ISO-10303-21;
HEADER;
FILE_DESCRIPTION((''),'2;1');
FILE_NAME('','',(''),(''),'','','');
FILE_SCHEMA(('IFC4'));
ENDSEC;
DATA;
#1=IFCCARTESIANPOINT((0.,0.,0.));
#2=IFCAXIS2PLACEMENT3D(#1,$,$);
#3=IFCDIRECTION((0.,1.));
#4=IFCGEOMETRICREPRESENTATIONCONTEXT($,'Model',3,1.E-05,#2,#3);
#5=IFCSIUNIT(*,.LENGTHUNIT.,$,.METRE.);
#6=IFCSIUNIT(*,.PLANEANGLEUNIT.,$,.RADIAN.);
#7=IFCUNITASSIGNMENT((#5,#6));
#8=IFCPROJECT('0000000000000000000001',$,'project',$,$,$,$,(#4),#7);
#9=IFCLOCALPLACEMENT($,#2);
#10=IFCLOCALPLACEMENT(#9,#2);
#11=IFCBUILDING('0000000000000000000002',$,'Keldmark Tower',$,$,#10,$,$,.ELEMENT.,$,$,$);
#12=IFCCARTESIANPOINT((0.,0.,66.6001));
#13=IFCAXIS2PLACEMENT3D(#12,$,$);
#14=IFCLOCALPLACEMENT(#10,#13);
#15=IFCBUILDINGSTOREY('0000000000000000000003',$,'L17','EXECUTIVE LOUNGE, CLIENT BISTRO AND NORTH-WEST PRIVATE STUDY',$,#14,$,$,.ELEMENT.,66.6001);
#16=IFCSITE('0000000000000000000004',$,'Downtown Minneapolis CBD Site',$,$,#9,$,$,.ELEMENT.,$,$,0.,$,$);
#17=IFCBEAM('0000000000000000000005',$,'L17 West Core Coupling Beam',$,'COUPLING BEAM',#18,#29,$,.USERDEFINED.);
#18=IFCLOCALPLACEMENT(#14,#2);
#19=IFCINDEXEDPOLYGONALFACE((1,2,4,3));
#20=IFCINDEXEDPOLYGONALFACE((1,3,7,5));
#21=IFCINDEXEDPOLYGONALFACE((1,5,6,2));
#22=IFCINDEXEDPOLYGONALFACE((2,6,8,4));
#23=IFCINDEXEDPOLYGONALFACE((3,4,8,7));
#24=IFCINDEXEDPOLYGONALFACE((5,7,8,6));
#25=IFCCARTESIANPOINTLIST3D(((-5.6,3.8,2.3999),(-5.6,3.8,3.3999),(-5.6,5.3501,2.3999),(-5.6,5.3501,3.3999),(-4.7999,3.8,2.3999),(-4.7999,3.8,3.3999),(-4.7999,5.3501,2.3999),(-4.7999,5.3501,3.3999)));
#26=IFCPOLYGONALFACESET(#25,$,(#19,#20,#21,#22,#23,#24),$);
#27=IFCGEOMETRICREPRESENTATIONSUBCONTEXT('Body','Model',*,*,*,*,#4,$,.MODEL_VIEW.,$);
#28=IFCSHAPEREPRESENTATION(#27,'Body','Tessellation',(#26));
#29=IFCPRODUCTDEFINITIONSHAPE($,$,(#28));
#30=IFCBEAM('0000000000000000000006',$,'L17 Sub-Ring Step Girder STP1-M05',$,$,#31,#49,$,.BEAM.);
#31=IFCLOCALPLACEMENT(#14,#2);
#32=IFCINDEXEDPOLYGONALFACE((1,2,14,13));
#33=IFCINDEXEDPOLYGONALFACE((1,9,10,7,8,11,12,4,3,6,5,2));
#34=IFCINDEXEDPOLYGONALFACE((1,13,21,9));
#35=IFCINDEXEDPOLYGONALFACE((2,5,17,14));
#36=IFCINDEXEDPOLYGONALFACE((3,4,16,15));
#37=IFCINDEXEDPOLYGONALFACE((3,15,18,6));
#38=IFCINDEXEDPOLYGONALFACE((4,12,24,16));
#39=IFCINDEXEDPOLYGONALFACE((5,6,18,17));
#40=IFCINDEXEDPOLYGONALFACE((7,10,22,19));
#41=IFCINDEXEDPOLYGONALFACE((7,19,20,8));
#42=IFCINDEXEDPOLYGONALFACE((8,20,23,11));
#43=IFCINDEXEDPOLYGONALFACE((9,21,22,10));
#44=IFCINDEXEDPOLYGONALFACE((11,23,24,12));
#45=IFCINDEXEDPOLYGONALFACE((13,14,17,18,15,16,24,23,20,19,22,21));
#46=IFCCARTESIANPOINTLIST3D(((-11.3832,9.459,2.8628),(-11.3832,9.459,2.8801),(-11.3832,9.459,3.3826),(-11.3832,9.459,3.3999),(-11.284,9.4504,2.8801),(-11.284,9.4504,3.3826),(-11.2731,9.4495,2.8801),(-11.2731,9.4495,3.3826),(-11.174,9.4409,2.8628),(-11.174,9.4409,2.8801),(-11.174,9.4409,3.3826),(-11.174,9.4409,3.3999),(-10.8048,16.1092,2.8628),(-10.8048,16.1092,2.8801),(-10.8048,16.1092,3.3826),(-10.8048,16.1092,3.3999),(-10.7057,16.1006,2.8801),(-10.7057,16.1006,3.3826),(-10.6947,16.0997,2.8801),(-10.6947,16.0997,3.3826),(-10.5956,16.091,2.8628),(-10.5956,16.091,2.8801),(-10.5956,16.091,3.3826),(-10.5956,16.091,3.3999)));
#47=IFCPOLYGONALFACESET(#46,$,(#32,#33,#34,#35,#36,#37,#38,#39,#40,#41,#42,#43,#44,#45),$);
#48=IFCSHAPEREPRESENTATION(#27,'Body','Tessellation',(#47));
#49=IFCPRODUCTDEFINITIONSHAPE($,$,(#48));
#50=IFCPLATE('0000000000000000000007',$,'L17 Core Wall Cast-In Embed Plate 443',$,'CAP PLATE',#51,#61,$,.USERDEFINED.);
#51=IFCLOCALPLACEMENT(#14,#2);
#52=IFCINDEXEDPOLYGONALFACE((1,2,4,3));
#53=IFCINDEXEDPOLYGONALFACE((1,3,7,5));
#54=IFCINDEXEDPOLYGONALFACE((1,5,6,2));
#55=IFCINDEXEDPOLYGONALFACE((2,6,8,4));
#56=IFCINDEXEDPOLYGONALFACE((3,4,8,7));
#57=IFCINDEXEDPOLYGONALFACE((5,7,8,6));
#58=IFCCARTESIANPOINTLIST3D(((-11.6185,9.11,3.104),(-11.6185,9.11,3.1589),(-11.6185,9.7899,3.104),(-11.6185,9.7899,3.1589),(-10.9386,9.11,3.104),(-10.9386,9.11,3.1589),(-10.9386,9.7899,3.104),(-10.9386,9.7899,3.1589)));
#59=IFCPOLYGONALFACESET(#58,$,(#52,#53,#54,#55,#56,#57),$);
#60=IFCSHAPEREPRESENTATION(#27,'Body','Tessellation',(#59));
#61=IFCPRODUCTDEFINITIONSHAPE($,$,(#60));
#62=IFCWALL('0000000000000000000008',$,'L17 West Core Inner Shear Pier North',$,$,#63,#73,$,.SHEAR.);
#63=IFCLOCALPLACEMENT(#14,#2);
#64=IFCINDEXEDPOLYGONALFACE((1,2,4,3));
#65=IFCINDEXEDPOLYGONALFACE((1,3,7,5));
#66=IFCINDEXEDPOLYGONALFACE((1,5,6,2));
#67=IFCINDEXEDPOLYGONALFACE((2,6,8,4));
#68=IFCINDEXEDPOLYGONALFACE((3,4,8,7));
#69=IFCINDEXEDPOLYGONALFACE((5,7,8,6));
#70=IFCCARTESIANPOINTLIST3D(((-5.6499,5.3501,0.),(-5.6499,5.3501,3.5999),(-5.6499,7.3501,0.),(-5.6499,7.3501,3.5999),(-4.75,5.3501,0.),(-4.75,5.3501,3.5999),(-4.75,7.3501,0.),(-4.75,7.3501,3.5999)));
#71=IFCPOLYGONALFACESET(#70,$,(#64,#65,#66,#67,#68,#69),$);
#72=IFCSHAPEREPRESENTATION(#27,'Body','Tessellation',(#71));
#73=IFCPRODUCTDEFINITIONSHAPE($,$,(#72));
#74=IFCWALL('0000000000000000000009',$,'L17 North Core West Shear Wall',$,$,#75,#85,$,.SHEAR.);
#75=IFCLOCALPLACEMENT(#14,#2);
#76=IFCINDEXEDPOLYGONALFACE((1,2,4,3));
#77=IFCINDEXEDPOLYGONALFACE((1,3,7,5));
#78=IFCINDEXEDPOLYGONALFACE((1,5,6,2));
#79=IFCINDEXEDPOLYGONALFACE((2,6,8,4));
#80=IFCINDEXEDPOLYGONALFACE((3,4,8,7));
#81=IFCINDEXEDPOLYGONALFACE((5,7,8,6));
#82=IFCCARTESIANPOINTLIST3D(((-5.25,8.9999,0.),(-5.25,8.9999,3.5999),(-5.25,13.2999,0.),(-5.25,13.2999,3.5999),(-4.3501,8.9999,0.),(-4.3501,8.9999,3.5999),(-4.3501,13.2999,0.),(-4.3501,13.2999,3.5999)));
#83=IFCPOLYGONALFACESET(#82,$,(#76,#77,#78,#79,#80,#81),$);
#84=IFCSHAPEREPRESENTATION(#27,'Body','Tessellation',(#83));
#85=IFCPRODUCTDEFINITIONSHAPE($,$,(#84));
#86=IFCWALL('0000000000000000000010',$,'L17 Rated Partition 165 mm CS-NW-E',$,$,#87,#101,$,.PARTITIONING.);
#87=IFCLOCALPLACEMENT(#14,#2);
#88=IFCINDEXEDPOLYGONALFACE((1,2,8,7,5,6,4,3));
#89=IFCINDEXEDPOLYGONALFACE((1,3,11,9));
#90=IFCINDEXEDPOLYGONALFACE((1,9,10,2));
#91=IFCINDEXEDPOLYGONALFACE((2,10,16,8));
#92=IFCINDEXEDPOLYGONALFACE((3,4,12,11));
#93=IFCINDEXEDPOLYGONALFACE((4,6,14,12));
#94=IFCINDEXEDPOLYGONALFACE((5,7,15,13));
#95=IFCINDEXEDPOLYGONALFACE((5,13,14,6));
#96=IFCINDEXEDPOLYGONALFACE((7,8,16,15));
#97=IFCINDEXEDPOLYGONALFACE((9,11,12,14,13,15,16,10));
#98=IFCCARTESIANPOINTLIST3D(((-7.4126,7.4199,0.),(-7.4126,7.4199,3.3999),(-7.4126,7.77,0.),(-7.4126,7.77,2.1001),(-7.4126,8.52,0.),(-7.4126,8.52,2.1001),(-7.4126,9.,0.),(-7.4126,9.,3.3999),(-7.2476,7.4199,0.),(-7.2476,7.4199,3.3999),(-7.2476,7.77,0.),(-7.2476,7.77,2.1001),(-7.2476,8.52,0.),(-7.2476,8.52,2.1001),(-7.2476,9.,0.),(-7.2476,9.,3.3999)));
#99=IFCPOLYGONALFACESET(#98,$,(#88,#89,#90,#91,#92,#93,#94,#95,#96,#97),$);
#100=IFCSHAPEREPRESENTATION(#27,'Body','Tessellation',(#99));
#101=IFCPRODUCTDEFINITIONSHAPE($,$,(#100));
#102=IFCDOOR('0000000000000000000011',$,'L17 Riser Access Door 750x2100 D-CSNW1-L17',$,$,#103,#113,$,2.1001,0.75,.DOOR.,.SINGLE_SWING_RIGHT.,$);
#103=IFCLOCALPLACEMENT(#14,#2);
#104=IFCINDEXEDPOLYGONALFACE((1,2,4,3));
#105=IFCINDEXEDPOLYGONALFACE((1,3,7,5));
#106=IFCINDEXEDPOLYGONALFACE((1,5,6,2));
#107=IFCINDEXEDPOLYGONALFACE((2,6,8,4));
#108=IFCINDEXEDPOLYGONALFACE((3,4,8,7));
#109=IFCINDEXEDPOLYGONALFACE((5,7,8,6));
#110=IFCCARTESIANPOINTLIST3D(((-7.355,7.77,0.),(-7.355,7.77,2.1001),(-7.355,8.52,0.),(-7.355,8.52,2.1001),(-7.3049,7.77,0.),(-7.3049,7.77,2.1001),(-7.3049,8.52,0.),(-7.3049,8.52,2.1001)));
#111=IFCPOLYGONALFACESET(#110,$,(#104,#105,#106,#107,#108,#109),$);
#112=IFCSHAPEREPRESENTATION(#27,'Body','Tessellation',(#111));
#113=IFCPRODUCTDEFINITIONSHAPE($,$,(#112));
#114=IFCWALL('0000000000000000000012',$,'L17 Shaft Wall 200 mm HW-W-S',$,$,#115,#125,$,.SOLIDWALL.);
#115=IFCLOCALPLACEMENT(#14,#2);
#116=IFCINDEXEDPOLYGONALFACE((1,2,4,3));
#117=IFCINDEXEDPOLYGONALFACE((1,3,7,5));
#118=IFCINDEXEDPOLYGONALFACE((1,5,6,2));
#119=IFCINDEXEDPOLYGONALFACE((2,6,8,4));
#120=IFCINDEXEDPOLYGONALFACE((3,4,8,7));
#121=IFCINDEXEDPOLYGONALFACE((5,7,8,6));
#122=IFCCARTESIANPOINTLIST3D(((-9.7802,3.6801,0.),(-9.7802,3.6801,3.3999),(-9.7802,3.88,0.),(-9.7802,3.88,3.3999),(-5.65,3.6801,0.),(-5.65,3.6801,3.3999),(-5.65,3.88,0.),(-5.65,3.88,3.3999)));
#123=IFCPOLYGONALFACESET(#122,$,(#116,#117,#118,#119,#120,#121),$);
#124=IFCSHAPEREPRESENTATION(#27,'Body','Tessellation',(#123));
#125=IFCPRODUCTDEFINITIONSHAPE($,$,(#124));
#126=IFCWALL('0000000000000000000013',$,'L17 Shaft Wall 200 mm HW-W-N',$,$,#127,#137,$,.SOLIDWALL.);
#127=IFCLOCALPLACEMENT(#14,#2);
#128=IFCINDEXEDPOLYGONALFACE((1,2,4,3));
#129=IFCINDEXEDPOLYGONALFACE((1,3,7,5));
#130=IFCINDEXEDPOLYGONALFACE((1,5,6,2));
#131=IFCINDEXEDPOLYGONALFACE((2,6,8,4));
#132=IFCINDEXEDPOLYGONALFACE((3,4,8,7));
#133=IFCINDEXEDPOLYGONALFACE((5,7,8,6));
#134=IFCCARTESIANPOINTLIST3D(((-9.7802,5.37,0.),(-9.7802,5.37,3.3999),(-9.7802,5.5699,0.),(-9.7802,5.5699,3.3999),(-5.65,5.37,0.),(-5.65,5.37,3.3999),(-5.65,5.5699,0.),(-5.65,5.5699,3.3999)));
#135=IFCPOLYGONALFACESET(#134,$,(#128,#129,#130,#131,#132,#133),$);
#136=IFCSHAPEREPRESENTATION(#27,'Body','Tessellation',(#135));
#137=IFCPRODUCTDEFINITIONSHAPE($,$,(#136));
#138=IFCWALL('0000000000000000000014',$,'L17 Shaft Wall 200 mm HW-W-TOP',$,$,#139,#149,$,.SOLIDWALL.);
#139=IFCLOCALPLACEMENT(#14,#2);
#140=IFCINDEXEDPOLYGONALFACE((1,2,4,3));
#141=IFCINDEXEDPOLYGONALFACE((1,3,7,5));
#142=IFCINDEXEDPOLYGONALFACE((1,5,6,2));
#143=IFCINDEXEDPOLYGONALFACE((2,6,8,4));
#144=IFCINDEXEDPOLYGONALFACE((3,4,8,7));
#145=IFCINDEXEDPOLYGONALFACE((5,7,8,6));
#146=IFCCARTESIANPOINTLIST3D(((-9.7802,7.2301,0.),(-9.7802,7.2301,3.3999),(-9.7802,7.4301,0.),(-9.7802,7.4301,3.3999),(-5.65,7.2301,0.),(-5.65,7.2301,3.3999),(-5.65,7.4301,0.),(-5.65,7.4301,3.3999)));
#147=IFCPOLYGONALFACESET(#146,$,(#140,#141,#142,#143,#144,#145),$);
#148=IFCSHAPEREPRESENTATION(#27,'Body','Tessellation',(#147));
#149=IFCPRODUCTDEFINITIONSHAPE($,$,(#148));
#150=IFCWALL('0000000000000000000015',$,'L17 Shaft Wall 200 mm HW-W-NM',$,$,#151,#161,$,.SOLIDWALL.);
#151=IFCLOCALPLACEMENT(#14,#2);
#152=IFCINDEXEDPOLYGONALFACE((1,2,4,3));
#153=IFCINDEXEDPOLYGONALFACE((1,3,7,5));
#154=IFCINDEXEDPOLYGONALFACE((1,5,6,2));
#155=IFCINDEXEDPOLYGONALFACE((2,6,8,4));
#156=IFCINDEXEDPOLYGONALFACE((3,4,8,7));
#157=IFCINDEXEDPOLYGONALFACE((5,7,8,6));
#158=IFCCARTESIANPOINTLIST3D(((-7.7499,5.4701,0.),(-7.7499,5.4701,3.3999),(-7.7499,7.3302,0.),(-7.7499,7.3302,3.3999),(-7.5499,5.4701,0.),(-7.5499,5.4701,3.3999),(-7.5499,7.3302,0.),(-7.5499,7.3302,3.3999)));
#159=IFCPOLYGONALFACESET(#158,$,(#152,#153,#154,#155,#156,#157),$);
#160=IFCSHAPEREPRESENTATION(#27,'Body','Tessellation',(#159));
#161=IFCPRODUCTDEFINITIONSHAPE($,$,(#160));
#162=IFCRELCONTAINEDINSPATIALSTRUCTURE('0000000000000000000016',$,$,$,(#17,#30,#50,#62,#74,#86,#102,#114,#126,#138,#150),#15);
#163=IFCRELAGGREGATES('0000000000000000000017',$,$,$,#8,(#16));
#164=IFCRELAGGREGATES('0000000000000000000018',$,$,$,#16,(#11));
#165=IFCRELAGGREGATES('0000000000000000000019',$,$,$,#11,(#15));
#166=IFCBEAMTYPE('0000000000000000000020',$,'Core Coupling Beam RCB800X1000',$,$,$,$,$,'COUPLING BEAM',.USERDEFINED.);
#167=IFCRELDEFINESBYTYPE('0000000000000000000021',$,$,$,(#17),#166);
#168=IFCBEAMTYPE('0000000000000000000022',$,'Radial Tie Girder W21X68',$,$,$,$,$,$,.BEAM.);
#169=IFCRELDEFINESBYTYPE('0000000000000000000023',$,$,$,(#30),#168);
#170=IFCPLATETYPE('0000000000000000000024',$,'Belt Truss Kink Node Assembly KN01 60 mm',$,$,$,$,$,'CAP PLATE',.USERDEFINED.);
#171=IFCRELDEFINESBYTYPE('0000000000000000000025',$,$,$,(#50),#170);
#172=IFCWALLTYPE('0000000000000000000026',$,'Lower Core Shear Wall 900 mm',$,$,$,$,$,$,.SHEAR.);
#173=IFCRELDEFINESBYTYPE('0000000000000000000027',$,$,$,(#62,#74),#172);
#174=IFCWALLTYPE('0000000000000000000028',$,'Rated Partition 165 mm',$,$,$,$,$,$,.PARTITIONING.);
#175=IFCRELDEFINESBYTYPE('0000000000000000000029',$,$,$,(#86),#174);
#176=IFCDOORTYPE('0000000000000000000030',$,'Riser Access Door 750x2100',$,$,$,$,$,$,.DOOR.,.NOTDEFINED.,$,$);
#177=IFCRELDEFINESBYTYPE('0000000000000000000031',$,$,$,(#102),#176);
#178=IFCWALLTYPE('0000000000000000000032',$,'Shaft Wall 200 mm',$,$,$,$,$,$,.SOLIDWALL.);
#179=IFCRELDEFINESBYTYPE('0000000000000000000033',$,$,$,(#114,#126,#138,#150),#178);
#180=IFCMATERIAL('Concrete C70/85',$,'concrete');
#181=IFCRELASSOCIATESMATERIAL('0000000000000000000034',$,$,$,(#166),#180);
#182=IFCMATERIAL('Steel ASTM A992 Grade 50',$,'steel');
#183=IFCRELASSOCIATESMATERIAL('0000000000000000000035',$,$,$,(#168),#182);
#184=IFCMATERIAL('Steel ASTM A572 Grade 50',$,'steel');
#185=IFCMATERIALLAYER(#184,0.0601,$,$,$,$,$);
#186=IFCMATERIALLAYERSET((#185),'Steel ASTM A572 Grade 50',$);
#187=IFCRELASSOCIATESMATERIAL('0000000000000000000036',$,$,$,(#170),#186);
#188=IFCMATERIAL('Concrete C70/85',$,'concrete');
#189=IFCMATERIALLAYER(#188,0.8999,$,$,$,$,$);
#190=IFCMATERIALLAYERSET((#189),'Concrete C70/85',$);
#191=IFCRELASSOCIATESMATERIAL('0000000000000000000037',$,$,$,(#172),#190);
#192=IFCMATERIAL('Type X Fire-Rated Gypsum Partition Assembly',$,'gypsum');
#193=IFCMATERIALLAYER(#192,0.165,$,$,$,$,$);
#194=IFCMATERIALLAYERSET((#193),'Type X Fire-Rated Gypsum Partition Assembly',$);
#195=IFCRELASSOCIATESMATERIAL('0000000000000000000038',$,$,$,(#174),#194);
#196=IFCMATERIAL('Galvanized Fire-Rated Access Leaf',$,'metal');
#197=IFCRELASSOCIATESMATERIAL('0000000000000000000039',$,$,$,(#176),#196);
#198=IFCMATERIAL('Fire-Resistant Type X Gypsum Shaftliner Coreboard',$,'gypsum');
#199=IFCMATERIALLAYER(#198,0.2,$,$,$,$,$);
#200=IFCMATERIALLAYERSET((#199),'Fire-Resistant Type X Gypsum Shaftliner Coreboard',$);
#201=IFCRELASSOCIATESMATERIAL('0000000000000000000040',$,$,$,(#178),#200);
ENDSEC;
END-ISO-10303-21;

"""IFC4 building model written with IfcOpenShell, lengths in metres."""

from ifc_helpers import new_model, si_unit, direction, frame, frame_2d, origin, origin_2d, place, context, subcontext, project, spatial, rectangle, i_section, extrude, material, layer, layer_set, material_profile, profile_set, type_object, element, fill, save


model = new_model("IFC4")

# Units and contexts
model_context = context("Model", 3, precision=1e-05, world=origin(), true_north=direction((0.0, 1.0)))
body_context = subcontext(model_context, "Body", "Model", "MODEL_VIEW")
ifc_project = project(units=[si_unit("LENGTHUNIT", "METRE"), si_unit("PLANEANGLEUNIT", "RADIAN")], contexts=[model_context])

# Site, building, storey
site_placement = place(None, origin())
site = spatial("IfcSite", under=ifc_project, at=site_placement, Name="Downtown Minneapolis CBD Site", CompositionType="ELEMENT", RefElevation=0.0)
building_placement = place(site_placement, origin())
building = spatial("IfcBuilding", under=site, at=building_placement, Name="Keldmark Tower", CompositionType="ELEMENT")
storey_placement = place(building_placement, frame((0.0, 0.0, 66.6001)))
storey = spatial("IfcBuildingStorey", under=building, at=storey_placement, Name="L17", Description="EXECUTIVE LOUNGE, CLIENT BISTRO AND NORTH-WEST PRIVATE STUDY", CompositionType="ELEMENT", Elevation=66.6001)

# Beams
ifc_material_1 = material(Name="Concrete C70/85", Category="concrete")
ifc_material_profile_1 = material_profile(ifc_material_1, rectangle(XDim=0.8, YDim=1.0, at=origin_2d()), Name="RCB800X1000")
ifc_profile_set_1 = profile_set([ifc_material_profile_1], Name="Concrete C70/85")
beam_type_1 = type_object("IfcBeamType", Name="Core Coupling Beam RCB800X1000", ElementType="COUPLING BEAM", PredefinedType="USERDEFINED", material=ifc_profile_set_1)
beam_1_placement = place(storey_placement, frame((-5.2, 3.8, 2.8999), z_axis=(0.0, 1.0, 0.0), x_axis=(-1.0, 0.0, 0.0)))
element("IfcBeam", 1, at=beam_1_placement, inside=storey, type_object=beam_type_1, Name="L17 West Core Coupling Beam", ObjectType="COUPLING BEAM", PredefinedType="USERDEFINED", context=body_context, shape_type="SweptSolid", body=[
    extrude(rectangle(XDim=0.8, YDim=1.0, at=origin_2d()), origin(), (0.0, 0.0, 1.0), 1.55),
])
ifc_material_2 = material(Name="Steel ASTM A992 Grade 50", Category="steel")
ifc_material_profile_2 = material_profile(ifc_material_2, i_section(OverallWidth=0.21, OverallDepth=0.5371, WebThickness=0.011, FlangeThickness=0.0173, at=origin_2d()), Name="W21X68")
ifc_profile_set_2 = profile_set([ifc_material_profile_2], Name="Steel ASTM A992 Grade 50")
beam_type_2 = type_object("IfcBeamType", Name="Radial Tie Girder W21X68", PredefinedType="BEAM", material=ifc_profile_set_2)
beam_2_placement = place(storey_placement, frame((-11.2786, 9.45, 3.1313), z_axis=(0.086644, 0.996239, 0.0), x_axis=(-0.996239, 0.086644, 0.0)))
element("IfcBeam", 2, at=beam_2_placement, inside=storey, type_object=beam_type_2, Name="L17 Sub-Ring Step Girder STP1-M05", PredefinedType="BEAM", context=body_context, shape_type="SweptSolid", body=[
    extrude(i_section(OverallWidth=0.21, OverallDepth=0.5371, WebThickness=0.011, FlangeThickness=0.0173, at=origin_2d()), origin(), (0.0, 0.0, 1.0), 6.6753),
])

# Plate
ifc_material_3 = material(Name="Steel ASTM A572 Grade 50", Category="steel")
ifc_layer_1 = layer(ifc_material_3, 0.0601)
ifc_layer_set_1 = layer_set([ifc_layer_1], Name="Steel ASTM A572 Grade 50")
plate_type = type_object("IfcPlateType", Name="Belt Truss Kink Node Assembly KN01 60 mm", ElementType="CAP PLATE", PredefinedType="USERDEFINED", material=ifc_layer_set_1)
plate_placement = place(storey_placement, frame((-11.2786, 9.45, 3.104), z_axis=(0.0, 0.0, 1.0), x_axis=(1.0, 0.0, 0.0)))
element("IfcPlate", 3, at=plate_placement, inside=storey, type_object=plate_type, Name="L17 Core Wall Cast-In Embed Plate 443", ObjectType="CAP PLATE", PredefinedType="USERDEFINED", context=body_context, shape_type="SweptSolid", body=[
    extrude(rectangle(XDim=0.6799, YDim=0.6799, at=origin_2d()), origin(), (0.0, 0.0, 1.0), 0.0549),
])

# Walls
ifc_material_4 = material(Name="Concrete C70/85", Category="concrete")
ifc_layer_2 = layer(ifc_material_4, 0.8999)
ifc_layer_set_2 = layer_set([ifc_layer_2], Name="Concrete C70/85")
wall_type_1 = type_object("IfcWallType", Name="Lower Core Shear Wall 900 mm", PredefinedType="SHEAR", material=ifc_layer_set_2)
wall_1_placement = place(storey_placement, frame((-5.2, 5.3501, 0.0), z_axis=(0.0, 0.0, 1.0), x_axis=(0.0, 1.0, 0.0)))
element("IfcWall", 4, at=wall_1_placement, inside=storey, type_object=wall_type_1, Name="L17 West Core Inner Shear Pier North", PredefinedType="SHEAR", context=body_context, shape_type="SweptSolid", body=[
    extrude(rectangle(XDim=2.0, YDim=0.8999, at=frame_2d((1.0, 0.0))), origin(), (0.0, 0.0, 1.0), 3.5999),
])
wall_2_placement = place(storey_placement, frame((-4.8, 9.0, 0.0), z_axis=(0.0, 0.0, 1.0), x_axis=(0.0, 1.0, 0.0)))
element("IfcWall", 5, at=wall_2_placement, inside=storey, type_object=wall_type_1, Name="L17 North Core West Shear Wall", PredefinedType="SHEAR", context=body_context, shape_type="SweptSolid", body=[
    extrude(rectangle(XDim=4.3, YDim=0.8999, at=frame_2d((2.1499, 0.0))), origin(), (0.0, 0.0, 1.0), 3.5999),
])

# Wall, opening, door
ifc_material_5 = material(Name="Type X Fire-Rated Gypsum Partition Assembly", Category="gypsum")
ifc_layer_3 = layer(ifc_material_5, 0.165)
ifc_layer_set_3 = layer_set([ifc_layer_3], Name="Type X Fire-Rated Gypsum Partition Assembly")
wall_type_2 = type_object("IfcWallType", Name="Rated Partition 165 mm", PredefinedType="PARTITIONING", material=ifc_layer_set_3)
wall_3_placement = place(storey_placement, frame((-7.3301, 7.4199, 0.0), z_axis=(0.0, 0.0, 1.0), x_axis=(0.0, 1.0, 0.0)))
wall_3 = element("IfcWall", 6, at=wall_3_placement, inside=storey, type_object=wall_type_2, Name="L17 Rated Partition 165 mm CS-NW-E", PredefinedType="PARTITIONING", context=body_context, shape_type="SweptSolid", body=[
    extrude(rectangle(XDim=1.5801, YDim=0.165, at=frame_2d((0.79, 0.0))), origin(), (0.0, 0.0, 1.0), 3.3999),
])
opening_1_placement = place(wall_3_placement, frame((0.3501, 0.0, 0.0)))
opening_1 = element("IfcOpeningElement", 7, at=opening_1_placement, cuts=wall_3, PredefinedType="OPENING", context=body_context, shape_type="SweptSolid", body=[
    extrude(rectangle(XDim=0.75, YDim=2.1001, at=frame_2d((0.375, 1.05))), frame((0.0, 0.0925, 0.0), z_axis=(0.0, -1.0, 0.0), x_axis=(1.0, 0.0, 0.0)), (0.0, 0.0, 1.0), 0.1851),
])
ifc_material_6 = material(Name="Galvanized Fire-Rated Access Leaf", Category="metal")
door_type_1 = type_object("IfcDoorType", Name="Riser Access Door 750x2100", OperationType="NOTDEFINED", PredefinedType="DOOR", material=ifc_material_6)
door_1_placement = place(opening_1_placement, origin())
door_1 = element("IfcDoor", 8, at=door_1_placement, inside=storey, type_object=door_type_1, Name="L17 Riser Access Door 750x2100 D-CSNW1-L17", OperationType="SINGLE_SWING_RIGHT", OverallHeight=2.1001, OverallWidth=0.75, PredefinedType="DOOR", context=body_context, shape_type="SweptSolid", body=[
    extrude(rectangle(XDim=0.75, YDim=2.1001, at=frame_2d((0.375, 1.05))), frame((0.0, 0.0249, 0.0), z_axis=(0.0, -1.0, 0.0), x_axis=(1.0, 0.0, 0.0)), (0.0, 0.0, 1.0), 0.05),
])
fill(opening_1, door_1)

# Walls
ifc_material_7 = material(Name="Fire-Resistant Type X Gypsum Shaftliner Coreboard", Category="gypsum")
ifc_layer_4 = layer(ifc_material_7, 0.2)
ifc_layer_set_4 = layer_set([ifc_layer_4], Name="Fire-Resistant Type X Gypsum Shaftliner Coreboard")
wall_type_3 = type_object("IfcWallType", Name="Shaft Wall 200 mm", PredefinedType="SOLIDWALL", material=ifc_layer_set_4)
for number, where, z_axis, x_axis, name in (
    (9, (-9.78, 3.78, 0.0), (0.0, 0.0, 1.0), (1.0, 0.0, 0.0), "L17 Shaft Wall 200 mm HW-W-S"),
    (10, (-9.78, 5.47, 0.0), (0.0, 0.0, 1.0), (1.0, 0.0, 0.0), "L17 Shaft Wall 200 mm HW-W-N"),
    (11, (-9.78, 7.3301, 0.0), (0.0, 0.0, 1.0), (1.0, 0.0, 0.0), "L17 Shaft Wall 200 mm HW-W-TOP"),
):
    element("IfcWall", number, at=place(storey_placement, frame(where, z_axis=z_axis, x_axis=x_axis)), inside=storey, type_object=wall_type_3, Name=name, PredefinedType="SOLIDWALL", context=body_context, shape_type="SweptSolid", body=[
        extrude(rectangle(XDim=4.1301, YDim=0.2, at=frame_2d((2.0649, 0.0))), origin(), (0.0, 0.0, 1.0), 3.3999),
    ])
wall_4_placement = place(storey_placement, frame((-7.6499, 5.47, 0.0), z_axis=(0.0, 0.0, 1.0), x_axis=(0.0, 1.0, 0.0)))
element("IfcWall", 12, at=wall_4_placement, inside=storey, type_object=wall_type_3, Name="L17 Shaft Wall 200 mm HW-W-NM", PredefinedType="SOLIDWALL", context=body_context, shape_type="SweptSolid", body=[
    extrude(rectangle(XDim=1.8601, YDim=0.2, at=frame_2d((0.9302, 0.0))), origin(), (0.0, 0.0, 1.0), 3.3999),
])

save(model, "model.ifc")
